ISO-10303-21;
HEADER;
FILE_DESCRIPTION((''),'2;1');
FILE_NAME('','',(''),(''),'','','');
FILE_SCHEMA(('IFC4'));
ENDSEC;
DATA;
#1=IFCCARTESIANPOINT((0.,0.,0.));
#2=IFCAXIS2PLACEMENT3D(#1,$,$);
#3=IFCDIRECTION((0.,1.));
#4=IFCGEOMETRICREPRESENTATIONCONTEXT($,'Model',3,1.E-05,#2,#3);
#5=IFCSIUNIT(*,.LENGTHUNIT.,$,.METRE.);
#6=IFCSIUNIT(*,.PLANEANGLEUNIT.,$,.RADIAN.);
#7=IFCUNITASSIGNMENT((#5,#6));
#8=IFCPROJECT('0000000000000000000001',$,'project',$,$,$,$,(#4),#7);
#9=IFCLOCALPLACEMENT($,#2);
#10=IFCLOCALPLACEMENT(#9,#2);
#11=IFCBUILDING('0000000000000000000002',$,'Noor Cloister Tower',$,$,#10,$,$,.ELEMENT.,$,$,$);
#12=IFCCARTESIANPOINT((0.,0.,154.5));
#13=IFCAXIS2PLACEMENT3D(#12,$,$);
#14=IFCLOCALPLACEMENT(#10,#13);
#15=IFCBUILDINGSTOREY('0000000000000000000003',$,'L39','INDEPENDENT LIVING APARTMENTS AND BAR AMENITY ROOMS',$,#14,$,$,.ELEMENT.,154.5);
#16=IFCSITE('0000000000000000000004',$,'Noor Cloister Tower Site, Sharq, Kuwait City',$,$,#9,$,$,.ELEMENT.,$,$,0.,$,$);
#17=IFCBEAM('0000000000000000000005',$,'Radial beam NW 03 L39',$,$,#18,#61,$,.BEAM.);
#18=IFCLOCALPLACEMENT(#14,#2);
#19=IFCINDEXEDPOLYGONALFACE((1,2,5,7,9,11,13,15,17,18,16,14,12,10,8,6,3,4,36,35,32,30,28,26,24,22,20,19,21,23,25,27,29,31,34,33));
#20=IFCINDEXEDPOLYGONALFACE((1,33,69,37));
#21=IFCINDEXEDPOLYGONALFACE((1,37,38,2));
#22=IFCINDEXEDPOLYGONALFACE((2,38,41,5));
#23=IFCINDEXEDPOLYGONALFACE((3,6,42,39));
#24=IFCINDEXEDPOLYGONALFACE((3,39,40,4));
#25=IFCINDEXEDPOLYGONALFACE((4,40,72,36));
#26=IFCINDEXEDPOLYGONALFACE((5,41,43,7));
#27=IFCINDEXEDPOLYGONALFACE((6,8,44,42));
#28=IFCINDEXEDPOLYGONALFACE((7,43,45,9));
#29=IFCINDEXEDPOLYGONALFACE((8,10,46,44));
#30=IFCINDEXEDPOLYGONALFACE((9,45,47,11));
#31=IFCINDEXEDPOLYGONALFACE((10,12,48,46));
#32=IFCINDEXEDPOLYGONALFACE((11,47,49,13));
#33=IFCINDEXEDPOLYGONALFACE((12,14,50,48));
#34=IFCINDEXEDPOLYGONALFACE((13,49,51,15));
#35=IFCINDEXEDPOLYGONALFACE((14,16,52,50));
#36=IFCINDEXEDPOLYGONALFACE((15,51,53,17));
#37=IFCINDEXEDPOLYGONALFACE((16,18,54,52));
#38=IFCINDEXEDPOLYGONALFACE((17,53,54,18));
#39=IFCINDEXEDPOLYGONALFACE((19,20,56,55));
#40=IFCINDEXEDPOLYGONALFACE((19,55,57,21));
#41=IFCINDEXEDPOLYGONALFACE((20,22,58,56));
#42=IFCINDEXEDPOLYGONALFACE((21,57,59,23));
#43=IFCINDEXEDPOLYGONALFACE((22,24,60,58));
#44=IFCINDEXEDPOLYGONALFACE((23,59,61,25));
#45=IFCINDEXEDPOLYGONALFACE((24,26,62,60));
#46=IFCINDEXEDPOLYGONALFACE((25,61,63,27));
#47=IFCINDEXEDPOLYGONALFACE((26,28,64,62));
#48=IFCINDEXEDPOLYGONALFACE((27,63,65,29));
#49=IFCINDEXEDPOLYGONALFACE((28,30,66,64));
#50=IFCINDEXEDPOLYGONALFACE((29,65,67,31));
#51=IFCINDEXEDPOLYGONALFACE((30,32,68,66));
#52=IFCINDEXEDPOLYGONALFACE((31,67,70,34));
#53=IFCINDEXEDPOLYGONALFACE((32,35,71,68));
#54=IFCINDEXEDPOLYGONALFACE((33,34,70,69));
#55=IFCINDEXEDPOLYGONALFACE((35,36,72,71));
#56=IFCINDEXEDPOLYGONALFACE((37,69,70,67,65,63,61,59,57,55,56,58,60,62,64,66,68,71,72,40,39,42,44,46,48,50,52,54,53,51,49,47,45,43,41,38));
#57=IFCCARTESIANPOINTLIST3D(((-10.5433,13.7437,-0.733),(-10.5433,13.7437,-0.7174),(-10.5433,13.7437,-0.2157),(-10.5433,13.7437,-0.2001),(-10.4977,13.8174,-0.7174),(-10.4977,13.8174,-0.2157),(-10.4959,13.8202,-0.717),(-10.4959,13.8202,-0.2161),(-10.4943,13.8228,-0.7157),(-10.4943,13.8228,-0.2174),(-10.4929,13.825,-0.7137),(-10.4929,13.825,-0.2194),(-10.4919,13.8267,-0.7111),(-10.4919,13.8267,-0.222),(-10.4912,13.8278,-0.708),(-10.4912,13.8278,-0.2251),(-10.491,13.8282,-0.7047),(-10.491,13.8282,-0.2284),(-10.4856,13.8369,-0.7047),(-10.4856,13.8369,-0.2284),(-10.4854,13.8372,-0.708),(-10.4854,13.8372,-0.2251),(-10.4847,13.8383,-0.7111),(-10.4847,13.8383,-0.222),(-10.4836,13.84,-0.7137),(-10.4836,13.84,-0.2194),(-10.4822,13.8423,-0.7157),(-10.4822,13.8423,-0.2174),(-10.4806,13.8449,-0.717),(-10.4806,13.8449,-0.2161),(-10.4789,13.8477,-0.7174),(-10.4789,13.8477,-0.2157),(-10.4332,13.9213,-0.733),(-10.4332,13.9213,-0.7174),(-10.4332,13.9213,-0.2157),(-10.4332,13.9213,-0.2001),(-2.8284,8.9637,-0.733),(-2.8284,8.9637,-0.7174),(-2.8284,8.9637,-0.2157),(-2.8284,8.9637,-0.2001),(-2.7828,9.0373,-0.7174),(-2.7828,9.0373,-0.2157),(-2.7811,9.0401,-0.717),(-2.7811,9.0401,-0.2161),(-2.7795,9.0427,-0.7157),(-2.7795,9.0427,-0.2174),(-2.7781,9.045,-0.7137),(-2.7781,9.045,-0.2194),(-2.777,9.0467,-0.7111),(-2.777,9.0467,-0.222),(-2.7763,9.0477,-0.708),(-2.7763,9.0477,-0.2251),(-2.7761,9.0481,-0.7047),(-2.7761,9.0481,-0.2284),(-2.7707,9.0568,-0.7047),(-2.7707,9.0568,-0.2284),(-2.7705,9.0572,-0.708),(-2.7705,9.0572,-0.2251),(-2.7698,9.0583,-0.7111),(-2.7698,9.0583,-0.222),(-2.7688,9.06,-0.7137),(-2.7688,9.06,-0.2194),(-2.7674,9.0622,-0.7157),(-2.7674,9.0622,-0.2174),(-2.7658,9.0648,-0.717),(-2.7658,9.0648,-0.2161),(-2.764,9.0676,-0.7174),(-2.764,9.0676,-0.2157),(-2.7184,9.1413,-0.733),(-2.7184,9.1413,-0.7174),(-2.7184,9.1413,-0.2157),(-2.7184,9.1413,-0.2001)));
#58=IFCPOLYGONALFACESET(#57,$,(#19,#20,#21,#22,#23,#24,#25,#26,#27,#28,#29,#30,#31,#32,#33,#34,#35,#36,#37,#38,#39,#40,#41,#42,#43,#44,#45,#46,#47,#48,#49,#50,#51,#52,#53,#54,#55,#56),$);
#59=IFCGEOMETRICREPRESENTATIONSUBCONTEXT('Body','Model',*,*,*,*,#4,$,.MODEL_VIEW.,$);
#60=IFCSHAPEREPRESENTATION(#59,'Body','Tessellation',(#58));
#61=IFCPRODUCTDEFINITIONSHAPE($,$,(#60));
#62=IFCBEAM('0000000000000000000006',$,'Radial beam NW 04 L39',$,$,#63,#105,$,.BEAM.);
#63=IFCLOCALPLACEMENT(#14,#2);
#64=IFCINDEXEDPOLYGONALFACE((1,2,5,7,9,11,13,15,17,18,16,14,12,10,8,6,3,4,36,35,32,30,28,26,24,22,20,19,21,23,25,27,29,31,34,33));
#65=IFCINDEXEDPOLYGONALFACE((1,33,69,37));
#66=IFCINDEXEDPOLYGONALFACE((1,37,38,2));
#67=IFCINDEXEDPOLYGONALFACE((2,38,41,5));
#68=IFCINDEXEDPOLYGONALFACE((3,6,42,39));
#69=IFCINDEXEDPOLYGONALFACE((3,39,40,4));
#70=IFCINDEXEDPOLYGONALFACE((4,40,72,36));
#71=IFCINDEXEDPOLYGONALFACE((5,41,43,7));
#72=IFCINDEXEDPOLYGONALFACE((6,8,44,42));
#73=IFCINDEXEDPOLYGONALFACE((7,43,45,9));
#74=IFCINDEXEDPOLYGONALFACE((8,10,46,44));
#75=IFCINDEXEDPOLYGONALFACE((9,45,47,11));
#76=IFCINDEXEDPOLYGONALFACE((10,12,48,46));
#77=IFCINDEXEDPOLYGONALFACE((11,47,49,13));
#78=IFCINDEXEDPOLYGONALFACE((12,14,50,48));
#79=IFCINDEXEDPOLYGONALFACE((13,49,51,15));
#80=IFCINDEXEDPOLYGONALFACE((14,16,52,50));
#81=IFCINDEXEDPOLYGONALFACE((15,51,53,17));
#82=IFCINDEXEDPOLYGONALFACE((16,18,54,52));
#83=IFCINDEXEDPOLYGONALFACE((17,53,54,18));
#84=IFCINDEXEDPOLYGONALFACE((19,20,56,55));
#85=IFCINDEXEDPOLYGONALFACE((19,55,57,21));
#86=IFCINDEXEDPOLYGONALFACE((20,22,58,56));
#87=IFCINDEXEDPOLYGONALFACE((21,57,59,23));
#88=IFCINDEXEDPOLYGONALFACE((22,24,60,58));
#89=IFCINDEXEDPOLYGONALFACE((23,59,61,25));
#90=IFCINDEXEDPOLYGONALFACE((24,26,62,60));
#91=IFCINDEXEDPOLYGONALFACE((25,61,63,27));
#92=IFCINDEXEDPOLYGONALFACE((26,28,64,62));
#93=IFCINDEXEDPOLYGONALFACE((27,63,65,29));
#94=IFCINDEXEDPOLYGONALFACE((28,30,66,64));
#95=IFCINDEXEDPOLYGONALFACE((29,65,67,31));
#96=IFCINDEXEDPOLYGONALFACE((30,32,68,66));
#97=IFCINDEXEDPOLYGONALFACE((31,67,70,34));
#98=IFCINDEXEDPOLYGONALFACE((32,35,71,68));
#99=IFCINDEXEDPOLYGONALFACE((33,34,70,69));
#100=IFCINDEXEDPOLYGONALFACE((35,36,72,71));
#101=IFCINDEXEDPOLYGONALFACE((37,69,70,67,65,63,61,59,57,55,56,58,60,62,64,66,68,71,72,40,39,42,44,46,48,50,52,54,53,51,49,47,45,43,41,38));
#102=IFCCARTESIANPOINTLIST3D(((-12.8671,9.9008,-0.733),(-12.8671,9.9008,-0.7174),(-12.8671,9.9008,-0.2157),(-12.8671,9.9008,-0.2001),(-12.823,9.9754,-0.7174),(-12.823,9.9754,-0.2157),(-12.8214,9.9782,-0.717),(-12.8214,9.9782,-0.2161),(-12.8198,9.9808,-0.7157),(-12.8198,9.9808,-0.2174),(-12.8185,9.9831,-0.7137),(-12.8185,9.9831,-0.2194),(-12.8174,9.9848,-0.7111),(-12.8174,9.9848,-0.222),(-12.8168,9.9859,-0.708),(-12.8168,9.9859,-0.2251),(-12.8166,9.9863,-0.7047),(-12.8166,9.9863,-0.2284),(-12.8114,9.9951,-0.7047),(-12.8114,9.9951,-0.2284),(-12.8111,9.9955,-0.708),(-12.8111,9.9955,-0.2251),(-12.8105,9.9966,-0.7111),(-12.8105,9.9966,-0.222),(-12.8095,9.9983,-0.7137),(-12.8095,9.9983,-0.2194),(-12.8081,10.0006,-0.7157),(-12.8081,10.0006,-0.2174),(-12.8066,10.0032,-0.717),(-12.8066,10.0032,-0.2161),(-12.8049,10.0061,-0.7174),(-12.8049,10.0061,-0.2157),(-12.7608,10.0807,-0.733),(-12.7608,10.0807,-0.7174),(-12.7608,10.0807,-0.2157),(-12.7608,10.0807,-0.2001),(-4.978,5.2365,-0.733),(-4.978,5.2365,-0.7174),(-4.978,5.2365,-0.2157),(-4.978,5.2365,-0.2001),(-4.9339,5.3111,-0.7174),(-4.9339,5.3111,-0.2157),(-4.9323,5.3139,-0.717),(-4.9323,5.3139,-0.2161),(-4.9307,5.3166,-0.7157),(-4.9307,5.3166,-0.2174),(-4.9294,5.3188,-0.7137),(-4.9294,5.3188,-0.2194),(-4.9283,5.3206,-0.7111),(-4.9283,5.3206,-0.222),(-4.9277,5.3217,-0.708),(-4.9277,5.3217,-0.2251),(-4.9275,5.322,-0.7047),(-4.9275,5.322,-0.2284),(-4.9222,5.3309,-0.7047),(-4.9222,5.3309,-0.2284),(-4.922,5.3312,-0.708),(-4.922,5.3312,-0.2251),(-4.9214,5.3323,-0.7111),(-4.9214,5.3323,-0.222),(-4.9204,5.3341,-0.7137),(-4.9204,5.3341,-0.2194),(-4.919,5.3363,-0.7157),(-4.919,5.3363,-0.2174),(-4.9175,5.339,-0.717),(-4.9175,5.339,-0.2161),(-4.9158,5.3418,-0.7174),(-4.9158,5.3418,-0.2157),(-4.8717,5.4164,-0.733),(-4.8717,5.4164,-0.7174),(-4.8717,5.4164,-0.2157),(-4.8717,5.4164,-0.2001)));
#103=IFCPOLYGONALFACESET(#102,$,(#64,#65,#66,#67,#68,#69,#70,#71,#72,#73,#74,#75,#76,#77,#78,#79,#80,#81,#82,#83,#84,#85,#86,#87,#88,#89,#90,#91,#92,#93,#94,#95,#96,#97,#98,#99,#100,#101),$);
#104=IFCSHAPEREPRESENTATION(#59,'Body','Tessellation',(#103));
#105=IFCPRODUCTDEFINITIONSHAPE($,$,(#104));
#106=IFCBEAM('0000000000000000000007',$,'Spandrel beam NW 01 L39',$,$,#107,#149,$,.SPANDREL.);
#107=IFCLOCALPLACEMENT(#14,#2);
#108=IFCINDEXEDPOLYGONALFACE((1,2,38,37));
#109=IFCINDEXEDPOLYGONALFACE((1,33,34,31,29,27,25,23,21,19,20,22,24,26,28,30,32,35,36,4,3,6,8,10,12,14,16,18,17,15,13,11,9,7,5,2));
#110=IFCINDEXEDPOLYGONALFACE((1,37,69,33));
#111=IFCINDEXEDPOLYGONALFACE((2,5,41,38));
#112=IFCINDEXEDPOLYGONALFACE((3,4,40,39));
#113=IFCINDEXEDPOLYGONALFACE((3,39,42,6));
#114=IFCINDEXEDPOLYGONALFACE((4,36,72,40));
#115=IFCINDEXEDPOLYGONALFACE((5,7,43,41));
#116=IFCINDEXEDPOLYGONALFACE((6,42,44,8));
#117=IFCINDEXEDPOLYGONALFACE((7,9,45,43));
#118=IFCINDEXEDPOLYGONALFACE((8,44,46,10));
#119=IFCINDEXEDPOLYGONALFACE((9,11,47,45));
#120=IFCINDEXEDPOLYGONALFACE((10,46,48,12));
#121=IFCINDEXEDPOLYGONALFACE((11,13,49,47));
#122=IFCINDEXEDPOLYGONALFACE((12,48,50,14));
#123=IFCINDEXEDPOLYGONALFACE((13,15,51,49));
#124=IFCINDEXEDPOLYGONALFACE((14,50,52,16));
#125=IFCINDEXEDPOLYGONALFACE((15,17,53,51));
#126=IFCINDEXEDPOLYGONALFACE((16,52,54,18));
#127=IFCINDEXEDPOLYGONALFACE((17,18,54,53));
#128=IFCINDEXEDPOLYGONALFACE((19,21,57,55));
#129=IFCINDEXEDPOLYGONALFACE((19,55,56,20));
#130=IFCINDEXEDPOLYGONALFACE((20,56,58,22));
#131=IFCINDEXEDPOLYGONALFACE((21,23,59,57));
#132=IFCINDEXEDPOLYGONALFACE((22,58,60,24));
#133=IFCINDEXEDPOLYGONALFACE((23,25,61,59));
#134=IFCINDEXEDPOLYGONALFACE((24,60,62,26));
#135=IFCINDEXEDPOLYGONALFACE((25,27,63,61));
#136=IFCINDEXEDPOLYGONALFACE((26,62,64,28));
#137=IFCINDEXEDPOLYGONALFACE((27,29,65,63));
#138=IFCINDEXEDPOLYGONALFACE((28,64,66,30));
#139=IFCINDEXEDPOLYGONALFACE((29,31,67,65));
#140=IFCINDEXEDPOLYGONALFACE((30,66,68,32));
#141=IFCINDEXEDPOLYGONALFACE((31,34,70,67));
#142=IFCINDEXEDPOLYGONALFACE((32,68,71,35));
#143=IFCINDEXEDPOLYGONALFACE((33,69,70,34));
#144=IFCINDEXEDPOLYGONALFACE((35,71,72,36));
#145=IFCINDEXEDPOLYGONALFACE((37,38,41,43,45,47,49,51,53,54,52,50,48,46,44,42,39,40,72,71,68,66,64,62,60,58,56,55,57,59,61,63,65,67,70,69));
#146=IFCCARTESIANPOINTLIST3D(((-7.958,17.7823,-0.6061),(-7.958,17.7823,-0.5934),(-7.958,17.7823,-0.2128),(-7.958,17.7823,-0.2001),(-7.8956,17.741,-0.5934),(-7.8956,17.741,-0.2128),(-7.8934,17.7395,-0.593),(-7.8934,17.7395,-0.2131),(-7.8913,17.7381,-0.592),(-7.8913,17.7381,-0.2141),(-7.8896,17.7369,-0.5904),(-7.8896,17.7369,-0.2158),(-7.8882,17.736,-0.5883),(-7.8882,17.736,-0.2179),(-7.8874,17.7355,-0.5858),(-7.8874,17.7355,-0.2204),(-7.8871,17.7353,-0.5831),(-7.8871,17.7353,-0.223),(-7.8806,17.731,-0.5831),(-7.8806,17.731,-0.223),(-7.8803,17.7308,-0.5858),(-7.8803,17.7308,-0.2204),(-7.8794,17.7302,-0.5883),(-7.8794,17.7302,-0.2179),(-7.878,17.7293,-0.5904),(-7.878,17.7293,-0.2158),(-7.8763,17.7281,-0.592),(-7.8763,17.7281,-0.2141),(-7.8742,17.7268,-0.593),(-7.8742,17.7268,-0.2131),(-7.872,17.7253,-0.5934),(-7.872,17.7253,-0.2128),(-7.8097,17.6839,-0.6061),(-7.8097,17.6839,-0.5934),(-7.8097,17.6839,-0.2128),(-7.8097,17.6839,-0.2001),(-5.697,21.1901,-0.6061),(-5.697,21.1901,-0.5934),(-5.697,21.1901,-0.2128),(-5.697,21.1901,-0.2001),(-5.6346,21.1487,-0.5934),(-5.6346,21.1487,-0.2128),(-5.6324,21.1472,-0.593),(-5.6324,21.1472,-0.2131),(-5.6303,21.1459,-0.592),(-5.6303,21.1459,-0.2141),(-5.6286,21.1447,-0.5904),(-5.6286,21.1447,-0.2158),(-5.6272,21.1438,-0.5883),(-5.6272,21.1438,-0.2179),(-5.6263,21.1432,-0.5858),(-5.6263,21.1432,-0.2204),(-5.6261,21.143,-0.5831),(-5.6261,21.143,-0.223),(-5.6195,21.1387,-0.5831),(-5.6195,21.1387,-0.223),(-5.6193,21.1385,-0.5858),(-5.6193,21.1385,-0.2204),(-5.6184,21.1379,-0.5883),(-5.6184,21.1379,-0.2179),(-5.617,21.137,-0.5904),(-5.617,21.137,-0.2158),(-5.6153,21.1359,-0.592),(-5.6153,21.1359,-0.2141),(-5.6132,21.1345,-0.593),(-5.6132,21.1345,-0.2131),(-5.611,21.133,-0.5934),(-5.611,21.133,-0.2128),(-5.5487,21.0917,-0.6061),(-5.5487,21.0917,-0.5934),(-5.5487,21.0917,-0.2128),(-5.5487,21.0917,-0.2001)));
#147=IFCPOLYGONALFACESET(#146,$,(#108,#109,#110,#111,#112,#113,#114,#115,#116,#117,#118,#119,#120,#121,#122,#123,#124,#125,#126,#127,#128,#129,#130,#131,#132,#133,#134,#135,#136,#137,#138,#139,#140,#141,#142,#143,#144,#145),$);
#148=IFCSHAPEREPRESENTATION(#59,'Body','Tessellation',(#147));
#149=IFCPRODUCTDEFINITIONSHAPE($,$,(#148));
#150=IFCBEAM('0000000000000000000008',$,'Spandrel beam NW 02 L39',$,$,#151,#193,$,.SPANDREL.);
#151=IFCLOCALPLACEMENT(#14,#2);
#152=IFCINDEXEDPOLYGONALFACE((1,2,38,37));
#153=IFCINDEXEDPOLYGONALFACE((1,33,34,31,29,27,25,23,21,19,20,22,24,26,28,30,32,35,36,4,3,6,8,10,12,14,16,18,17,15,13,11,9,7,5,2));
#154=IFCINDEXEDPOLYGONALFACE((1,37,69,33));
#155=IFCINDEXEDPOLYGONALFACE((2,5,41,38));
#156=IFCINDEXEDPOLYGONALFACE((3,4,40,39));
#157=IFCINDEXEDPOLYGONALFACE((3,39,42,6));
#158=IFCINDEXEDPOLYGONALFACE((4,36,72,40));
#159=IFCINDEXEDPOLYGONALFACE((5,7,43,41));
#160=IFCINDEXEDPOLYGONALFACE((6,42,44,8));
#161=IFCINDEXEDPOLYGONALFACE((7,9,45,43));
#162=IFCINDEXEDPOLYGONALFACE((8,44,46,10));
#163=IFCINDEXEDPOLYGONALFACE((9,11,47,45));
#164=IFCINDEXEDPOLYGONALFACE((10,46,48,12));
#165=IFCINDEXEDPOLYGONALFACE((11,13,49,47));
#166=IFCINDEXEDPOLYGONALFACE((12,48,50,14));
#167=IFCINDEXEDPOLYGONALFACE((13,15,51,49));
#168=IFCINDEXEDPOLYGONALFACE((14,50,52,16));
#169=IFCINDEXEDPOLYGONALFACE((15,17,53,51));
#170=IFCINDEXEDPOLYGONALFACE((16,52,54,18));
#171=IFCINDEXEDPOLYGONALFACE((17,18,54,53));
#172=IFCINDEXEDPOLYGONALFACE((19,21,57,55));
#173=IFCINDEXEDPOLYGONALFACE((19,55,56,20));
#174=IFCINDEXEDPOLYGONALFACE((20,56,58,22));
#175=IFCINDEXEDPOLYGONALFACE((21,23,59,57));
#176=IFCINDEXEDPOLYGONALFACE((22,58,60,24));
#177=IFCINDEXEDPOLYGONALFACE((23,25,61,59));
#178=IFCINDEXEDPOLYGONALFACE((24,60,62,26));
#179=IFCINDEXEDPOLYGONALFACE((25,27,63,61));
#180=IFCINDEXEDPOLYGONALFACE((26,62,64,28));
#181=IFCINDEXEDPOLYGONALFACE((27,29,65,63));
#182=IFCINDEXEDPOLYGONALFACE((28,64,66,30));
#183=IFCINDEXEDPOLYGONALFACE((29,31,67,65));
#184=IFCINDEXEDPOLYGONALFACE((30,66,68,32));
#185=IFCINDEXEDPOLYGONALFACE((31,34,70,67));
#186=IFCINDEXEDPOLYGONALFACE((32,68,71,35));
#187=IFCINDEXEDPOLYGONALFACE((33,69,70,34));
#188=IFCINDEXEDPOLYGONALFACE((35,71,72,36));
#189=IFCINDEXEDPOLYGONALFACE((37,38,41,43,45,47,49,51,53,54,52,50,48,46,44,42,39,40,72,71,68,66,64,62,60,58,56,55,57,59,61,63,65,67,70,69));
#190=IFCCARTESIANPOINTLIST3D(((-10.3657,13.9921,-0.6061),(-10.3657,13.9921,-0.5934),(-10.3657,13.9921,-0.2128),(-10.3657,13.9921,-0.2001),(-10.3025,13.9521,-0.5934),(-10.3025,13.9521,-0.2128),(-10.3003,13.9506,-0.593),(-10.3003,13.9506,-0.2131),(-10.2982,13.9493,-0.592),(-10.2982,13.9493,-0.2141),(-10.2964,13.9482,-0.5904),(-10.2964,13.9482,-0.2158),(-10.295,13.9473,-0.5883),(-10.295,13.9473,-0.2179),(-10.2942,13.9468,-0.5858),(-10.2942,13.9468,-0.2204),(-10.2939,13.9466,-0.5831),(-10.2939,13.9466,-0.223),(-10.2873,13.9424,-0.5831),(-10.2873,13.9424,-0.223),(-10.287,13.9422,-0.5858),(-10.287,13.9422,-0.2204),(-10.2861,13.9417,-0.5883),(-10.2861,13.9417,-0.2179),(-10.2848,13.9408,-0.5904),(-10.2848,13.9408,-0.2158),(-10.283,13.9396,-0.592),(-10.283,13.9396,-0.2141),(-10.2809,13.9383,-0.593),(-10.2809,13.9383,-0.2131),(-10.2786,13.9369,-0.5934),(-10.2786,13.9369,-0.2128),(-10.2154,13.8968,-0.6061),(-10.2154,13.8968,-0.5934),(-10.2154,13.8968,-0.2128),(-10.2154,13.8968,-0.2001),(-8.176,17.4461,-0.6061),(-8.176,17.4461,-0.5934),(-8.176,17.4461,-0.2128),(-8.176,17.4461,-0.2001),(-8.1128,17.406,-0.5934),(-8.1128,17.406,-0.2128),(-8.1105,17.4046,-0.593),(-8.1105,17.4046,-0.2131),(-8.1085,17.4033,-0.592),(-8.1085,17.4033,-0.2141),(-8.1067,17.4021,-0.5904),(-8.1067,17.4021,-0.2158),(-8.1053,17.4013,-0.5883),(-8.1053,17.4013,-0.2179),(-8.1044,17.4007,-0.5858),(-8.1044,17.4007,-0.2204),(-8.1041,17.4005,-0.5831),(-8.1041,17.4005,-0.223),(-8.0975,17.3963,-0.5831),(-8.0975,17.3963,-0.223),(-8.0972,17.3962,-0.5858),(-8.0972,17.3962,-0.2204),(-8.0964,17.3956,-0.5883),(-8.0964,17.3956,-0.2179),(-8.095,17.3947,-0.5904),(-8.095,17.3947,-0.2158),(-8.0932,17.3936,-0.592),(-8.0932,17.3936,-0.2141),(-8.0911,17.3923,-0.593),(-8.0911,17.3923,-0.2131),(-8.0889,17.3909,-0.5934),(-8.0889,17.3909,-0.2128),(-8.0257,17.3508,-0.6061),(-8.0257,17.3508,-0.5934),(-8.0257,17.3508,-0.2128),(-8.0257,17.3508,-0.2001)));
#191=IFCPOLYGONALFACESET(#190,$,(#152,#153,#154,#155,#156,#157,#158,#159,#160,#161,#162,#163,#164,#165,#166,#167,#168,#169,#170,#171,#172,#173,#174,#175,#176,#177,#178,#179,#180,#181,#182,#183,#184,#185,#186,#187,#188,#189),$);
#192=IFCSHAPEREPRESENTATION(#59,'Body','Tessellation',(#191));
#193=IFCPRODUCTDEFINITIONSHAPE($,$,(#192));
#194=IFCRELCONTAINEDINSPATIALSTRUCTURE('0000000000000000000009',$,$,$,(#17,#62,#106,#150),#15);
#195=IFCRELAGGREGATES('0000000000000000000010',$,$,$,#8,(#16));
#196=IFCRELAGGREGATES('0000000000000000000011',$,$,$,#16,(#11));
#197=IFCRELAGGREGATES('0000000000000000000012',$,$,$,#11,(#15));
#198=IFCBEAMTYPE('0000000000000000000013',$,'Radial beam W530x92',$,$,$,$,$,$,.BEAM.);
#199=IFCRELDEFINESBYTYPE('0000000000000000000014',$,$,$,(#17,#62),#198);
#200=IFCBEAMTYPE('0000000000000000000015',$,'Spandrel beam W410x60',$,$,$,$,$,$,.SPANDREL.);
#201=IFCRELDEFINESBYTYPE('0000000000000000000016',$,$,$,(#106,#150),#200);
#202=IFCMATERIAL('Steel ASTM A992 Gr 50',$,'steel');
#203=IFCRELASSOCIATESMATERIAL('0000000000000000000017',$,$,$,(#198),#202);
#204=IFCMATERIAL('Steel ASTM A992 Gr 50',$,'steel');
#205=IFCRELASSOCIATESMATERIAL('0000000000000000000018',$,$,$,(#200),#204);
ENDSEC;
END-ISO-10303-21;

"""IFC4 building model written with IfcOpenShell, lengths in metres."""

from ifc_helpers import new_model, si_unit, direction, frame, origin, origin_2d, place, context, subcontext, project, spatial, i_section, extrude, material, material_profile, profile_set, type_object, element, save


model = new_model("IFC4")

# Units and contexts
model_context = context("Model", 3, precision=1e-05, world=origin(), true_north=direction((0.0, 1.0)))
body_context = subcontext(model_context, "Body", "Model", "MODEL_VIEW")
ifc_project = project(units=[si_unit("LENGTHUNIT", "METRE"), si_unit("PLANEANGLEUNIT", "RADIAN")], contexts=[model_context])

# Site, building, storey
site_placement = place(None, origin())
site = spatial("IfcSite", under=ifc_project, at=site_placement, Name="Noor Cloister Tower Site, Sharq, Kuwait City", CompositionType="ELEMENT", RefElevation=0.0)
building_placement = place(site_placement, origin())
building = spatial("IfcBuilding", under=site, at=building_placement, Name="Noor Cloister Tower", CompositionType="ELEMENT")
storey_placement = place(building_placement, frame((0.0, 0.0, 154.5)))
storey = spatial("IfcBuildingStorey", under=building, at=storey_placement, Name="L39", Description="INDEPENDENT LIVING APARTMENTS AND BAR AMENITY ROOMS", CompositionType="ELEMENT", Elevation=154.5)

# Beams
ifc_material_1 = material(Name="Steel ASTM A992 Gr 50", Category="steel")
ifc_material_profile_1 = material_profile(ifc_material_1, i_section(OverallWidth=0.209, OverallDepth=0.533, WebThickness=0.0103, FlangeThickness=0.0156, FilletRadius=0.0127, at=origin_2d()), Name="W530x92")
ifc_profile_set_1 = profile_set([ifc_material_profile_1], Name="Steel ASTM A992 Gr 50")
beam_type_1 = type_object("IfcBeamType", Name="Radial beam W530x92", PredefinedType="BEAM", material=ifc_profile_set_1)
beam_1_placement = place(storey_placement, frame((-10.4883, 13.8325, -0.4666), z_axis=(0.850059, -0.526687, 0.0), x_axis=(0.526687, 0.850059, 0.0)))
element("IfcBeam", 1, at=beam_1_placement, inside=storey, type_object=beam_type_1, Name="Radial beam NW 03 L39", PredefinedType="BEAM", context=body_context, shape_type="SweptSolid", body=[
    extrude(i_section(OverallWidth=0.209, OverallDepth=0.533, WebThickness=0.0103, FlangeThickness=0.0156, FilletRadius=0.0127, at=origin_2d()), origin(), (0.0, 0.0, 1.0), 9.0757),
])
beam_2_placement = place(storey_placement, frame((-12.814, 9.9907, -0.4666), z_axis=(0.860806, -0.508934, 0.0), x_axis=(0.508934, 0.860806, 0.0)))
element("IfcBeam", 2, at=beam_2_placement, inside=storey, type_object=beam_type_1, Name="Radial beam NW 04 L39", PredefinedType="BEAM", context=body_context, shape_type="SweptSolid", body=[
    extrude(i_section(OverallWidth=0.209, OverallDepth=0.533, WebThickness=0.0103, FlangeThickness=0.0156, FilletRadius=0.0127, at=origin_2d()), origin(), (0.0, 0.0, 1.0), 9.1648),
])
ifc_material_2 = material(Name="Steel ASTM A992 Gr 50", Category="steel")
ifc_material_profile_2 = material_profile(ifc_material_2, i_section(OverallWidth=0.178, OverallDepth=0.406, WebThickness=0.0078, FlangeThickness=0.0127, FilletRadius=0.0103, at=origin_2d()), Name="W410x60")
ifc_profile_set_2 = profile_set([ifc_material_profile_2], Name="Steel ASTM A992 Gr 50")
beam_type_2 = type_object("IfcBeamType", Name="Spandrel beam W410x60", PredefinedType="SPANDREL", material=ifc_profile_set_2)
for number, where, z_axis, x_axis, name in (
    (3, (-5.6228, 21.1409, -0.4031), (-0.552867, -0.83327, 0.0), (0.83327, -0.552867, 0.0), "Spandrel beam NW 01 L39"),
    (4, (-8.1008, 17.3984, -0.4031), (-0.535445, -0.84457, 0.0), (0.84457, -0.535445, 0.0), "Spandrel beam NW 02 L39"),
):
    element("IfcBeam", number, at=place(storey_placement, frame(where, z_axis=z_axis, x_axis=x_axis)), inside=storey, type_object=beam_type_2, Name=name, PredefinedType="SPANDREL", context=body_context, shape_type="SweptSolid", body=[
        extrude(i_section(OverallWidth=0.178, OverallDepth=0.406, WebThickness=0.0078, FlangeThickness=0.0127, FilletRadius=0.0103, at=origin_2d()), origin(), (0.0, 0.0, 1.0), 4.0896),
    ])

save(model, "model.ifc")
